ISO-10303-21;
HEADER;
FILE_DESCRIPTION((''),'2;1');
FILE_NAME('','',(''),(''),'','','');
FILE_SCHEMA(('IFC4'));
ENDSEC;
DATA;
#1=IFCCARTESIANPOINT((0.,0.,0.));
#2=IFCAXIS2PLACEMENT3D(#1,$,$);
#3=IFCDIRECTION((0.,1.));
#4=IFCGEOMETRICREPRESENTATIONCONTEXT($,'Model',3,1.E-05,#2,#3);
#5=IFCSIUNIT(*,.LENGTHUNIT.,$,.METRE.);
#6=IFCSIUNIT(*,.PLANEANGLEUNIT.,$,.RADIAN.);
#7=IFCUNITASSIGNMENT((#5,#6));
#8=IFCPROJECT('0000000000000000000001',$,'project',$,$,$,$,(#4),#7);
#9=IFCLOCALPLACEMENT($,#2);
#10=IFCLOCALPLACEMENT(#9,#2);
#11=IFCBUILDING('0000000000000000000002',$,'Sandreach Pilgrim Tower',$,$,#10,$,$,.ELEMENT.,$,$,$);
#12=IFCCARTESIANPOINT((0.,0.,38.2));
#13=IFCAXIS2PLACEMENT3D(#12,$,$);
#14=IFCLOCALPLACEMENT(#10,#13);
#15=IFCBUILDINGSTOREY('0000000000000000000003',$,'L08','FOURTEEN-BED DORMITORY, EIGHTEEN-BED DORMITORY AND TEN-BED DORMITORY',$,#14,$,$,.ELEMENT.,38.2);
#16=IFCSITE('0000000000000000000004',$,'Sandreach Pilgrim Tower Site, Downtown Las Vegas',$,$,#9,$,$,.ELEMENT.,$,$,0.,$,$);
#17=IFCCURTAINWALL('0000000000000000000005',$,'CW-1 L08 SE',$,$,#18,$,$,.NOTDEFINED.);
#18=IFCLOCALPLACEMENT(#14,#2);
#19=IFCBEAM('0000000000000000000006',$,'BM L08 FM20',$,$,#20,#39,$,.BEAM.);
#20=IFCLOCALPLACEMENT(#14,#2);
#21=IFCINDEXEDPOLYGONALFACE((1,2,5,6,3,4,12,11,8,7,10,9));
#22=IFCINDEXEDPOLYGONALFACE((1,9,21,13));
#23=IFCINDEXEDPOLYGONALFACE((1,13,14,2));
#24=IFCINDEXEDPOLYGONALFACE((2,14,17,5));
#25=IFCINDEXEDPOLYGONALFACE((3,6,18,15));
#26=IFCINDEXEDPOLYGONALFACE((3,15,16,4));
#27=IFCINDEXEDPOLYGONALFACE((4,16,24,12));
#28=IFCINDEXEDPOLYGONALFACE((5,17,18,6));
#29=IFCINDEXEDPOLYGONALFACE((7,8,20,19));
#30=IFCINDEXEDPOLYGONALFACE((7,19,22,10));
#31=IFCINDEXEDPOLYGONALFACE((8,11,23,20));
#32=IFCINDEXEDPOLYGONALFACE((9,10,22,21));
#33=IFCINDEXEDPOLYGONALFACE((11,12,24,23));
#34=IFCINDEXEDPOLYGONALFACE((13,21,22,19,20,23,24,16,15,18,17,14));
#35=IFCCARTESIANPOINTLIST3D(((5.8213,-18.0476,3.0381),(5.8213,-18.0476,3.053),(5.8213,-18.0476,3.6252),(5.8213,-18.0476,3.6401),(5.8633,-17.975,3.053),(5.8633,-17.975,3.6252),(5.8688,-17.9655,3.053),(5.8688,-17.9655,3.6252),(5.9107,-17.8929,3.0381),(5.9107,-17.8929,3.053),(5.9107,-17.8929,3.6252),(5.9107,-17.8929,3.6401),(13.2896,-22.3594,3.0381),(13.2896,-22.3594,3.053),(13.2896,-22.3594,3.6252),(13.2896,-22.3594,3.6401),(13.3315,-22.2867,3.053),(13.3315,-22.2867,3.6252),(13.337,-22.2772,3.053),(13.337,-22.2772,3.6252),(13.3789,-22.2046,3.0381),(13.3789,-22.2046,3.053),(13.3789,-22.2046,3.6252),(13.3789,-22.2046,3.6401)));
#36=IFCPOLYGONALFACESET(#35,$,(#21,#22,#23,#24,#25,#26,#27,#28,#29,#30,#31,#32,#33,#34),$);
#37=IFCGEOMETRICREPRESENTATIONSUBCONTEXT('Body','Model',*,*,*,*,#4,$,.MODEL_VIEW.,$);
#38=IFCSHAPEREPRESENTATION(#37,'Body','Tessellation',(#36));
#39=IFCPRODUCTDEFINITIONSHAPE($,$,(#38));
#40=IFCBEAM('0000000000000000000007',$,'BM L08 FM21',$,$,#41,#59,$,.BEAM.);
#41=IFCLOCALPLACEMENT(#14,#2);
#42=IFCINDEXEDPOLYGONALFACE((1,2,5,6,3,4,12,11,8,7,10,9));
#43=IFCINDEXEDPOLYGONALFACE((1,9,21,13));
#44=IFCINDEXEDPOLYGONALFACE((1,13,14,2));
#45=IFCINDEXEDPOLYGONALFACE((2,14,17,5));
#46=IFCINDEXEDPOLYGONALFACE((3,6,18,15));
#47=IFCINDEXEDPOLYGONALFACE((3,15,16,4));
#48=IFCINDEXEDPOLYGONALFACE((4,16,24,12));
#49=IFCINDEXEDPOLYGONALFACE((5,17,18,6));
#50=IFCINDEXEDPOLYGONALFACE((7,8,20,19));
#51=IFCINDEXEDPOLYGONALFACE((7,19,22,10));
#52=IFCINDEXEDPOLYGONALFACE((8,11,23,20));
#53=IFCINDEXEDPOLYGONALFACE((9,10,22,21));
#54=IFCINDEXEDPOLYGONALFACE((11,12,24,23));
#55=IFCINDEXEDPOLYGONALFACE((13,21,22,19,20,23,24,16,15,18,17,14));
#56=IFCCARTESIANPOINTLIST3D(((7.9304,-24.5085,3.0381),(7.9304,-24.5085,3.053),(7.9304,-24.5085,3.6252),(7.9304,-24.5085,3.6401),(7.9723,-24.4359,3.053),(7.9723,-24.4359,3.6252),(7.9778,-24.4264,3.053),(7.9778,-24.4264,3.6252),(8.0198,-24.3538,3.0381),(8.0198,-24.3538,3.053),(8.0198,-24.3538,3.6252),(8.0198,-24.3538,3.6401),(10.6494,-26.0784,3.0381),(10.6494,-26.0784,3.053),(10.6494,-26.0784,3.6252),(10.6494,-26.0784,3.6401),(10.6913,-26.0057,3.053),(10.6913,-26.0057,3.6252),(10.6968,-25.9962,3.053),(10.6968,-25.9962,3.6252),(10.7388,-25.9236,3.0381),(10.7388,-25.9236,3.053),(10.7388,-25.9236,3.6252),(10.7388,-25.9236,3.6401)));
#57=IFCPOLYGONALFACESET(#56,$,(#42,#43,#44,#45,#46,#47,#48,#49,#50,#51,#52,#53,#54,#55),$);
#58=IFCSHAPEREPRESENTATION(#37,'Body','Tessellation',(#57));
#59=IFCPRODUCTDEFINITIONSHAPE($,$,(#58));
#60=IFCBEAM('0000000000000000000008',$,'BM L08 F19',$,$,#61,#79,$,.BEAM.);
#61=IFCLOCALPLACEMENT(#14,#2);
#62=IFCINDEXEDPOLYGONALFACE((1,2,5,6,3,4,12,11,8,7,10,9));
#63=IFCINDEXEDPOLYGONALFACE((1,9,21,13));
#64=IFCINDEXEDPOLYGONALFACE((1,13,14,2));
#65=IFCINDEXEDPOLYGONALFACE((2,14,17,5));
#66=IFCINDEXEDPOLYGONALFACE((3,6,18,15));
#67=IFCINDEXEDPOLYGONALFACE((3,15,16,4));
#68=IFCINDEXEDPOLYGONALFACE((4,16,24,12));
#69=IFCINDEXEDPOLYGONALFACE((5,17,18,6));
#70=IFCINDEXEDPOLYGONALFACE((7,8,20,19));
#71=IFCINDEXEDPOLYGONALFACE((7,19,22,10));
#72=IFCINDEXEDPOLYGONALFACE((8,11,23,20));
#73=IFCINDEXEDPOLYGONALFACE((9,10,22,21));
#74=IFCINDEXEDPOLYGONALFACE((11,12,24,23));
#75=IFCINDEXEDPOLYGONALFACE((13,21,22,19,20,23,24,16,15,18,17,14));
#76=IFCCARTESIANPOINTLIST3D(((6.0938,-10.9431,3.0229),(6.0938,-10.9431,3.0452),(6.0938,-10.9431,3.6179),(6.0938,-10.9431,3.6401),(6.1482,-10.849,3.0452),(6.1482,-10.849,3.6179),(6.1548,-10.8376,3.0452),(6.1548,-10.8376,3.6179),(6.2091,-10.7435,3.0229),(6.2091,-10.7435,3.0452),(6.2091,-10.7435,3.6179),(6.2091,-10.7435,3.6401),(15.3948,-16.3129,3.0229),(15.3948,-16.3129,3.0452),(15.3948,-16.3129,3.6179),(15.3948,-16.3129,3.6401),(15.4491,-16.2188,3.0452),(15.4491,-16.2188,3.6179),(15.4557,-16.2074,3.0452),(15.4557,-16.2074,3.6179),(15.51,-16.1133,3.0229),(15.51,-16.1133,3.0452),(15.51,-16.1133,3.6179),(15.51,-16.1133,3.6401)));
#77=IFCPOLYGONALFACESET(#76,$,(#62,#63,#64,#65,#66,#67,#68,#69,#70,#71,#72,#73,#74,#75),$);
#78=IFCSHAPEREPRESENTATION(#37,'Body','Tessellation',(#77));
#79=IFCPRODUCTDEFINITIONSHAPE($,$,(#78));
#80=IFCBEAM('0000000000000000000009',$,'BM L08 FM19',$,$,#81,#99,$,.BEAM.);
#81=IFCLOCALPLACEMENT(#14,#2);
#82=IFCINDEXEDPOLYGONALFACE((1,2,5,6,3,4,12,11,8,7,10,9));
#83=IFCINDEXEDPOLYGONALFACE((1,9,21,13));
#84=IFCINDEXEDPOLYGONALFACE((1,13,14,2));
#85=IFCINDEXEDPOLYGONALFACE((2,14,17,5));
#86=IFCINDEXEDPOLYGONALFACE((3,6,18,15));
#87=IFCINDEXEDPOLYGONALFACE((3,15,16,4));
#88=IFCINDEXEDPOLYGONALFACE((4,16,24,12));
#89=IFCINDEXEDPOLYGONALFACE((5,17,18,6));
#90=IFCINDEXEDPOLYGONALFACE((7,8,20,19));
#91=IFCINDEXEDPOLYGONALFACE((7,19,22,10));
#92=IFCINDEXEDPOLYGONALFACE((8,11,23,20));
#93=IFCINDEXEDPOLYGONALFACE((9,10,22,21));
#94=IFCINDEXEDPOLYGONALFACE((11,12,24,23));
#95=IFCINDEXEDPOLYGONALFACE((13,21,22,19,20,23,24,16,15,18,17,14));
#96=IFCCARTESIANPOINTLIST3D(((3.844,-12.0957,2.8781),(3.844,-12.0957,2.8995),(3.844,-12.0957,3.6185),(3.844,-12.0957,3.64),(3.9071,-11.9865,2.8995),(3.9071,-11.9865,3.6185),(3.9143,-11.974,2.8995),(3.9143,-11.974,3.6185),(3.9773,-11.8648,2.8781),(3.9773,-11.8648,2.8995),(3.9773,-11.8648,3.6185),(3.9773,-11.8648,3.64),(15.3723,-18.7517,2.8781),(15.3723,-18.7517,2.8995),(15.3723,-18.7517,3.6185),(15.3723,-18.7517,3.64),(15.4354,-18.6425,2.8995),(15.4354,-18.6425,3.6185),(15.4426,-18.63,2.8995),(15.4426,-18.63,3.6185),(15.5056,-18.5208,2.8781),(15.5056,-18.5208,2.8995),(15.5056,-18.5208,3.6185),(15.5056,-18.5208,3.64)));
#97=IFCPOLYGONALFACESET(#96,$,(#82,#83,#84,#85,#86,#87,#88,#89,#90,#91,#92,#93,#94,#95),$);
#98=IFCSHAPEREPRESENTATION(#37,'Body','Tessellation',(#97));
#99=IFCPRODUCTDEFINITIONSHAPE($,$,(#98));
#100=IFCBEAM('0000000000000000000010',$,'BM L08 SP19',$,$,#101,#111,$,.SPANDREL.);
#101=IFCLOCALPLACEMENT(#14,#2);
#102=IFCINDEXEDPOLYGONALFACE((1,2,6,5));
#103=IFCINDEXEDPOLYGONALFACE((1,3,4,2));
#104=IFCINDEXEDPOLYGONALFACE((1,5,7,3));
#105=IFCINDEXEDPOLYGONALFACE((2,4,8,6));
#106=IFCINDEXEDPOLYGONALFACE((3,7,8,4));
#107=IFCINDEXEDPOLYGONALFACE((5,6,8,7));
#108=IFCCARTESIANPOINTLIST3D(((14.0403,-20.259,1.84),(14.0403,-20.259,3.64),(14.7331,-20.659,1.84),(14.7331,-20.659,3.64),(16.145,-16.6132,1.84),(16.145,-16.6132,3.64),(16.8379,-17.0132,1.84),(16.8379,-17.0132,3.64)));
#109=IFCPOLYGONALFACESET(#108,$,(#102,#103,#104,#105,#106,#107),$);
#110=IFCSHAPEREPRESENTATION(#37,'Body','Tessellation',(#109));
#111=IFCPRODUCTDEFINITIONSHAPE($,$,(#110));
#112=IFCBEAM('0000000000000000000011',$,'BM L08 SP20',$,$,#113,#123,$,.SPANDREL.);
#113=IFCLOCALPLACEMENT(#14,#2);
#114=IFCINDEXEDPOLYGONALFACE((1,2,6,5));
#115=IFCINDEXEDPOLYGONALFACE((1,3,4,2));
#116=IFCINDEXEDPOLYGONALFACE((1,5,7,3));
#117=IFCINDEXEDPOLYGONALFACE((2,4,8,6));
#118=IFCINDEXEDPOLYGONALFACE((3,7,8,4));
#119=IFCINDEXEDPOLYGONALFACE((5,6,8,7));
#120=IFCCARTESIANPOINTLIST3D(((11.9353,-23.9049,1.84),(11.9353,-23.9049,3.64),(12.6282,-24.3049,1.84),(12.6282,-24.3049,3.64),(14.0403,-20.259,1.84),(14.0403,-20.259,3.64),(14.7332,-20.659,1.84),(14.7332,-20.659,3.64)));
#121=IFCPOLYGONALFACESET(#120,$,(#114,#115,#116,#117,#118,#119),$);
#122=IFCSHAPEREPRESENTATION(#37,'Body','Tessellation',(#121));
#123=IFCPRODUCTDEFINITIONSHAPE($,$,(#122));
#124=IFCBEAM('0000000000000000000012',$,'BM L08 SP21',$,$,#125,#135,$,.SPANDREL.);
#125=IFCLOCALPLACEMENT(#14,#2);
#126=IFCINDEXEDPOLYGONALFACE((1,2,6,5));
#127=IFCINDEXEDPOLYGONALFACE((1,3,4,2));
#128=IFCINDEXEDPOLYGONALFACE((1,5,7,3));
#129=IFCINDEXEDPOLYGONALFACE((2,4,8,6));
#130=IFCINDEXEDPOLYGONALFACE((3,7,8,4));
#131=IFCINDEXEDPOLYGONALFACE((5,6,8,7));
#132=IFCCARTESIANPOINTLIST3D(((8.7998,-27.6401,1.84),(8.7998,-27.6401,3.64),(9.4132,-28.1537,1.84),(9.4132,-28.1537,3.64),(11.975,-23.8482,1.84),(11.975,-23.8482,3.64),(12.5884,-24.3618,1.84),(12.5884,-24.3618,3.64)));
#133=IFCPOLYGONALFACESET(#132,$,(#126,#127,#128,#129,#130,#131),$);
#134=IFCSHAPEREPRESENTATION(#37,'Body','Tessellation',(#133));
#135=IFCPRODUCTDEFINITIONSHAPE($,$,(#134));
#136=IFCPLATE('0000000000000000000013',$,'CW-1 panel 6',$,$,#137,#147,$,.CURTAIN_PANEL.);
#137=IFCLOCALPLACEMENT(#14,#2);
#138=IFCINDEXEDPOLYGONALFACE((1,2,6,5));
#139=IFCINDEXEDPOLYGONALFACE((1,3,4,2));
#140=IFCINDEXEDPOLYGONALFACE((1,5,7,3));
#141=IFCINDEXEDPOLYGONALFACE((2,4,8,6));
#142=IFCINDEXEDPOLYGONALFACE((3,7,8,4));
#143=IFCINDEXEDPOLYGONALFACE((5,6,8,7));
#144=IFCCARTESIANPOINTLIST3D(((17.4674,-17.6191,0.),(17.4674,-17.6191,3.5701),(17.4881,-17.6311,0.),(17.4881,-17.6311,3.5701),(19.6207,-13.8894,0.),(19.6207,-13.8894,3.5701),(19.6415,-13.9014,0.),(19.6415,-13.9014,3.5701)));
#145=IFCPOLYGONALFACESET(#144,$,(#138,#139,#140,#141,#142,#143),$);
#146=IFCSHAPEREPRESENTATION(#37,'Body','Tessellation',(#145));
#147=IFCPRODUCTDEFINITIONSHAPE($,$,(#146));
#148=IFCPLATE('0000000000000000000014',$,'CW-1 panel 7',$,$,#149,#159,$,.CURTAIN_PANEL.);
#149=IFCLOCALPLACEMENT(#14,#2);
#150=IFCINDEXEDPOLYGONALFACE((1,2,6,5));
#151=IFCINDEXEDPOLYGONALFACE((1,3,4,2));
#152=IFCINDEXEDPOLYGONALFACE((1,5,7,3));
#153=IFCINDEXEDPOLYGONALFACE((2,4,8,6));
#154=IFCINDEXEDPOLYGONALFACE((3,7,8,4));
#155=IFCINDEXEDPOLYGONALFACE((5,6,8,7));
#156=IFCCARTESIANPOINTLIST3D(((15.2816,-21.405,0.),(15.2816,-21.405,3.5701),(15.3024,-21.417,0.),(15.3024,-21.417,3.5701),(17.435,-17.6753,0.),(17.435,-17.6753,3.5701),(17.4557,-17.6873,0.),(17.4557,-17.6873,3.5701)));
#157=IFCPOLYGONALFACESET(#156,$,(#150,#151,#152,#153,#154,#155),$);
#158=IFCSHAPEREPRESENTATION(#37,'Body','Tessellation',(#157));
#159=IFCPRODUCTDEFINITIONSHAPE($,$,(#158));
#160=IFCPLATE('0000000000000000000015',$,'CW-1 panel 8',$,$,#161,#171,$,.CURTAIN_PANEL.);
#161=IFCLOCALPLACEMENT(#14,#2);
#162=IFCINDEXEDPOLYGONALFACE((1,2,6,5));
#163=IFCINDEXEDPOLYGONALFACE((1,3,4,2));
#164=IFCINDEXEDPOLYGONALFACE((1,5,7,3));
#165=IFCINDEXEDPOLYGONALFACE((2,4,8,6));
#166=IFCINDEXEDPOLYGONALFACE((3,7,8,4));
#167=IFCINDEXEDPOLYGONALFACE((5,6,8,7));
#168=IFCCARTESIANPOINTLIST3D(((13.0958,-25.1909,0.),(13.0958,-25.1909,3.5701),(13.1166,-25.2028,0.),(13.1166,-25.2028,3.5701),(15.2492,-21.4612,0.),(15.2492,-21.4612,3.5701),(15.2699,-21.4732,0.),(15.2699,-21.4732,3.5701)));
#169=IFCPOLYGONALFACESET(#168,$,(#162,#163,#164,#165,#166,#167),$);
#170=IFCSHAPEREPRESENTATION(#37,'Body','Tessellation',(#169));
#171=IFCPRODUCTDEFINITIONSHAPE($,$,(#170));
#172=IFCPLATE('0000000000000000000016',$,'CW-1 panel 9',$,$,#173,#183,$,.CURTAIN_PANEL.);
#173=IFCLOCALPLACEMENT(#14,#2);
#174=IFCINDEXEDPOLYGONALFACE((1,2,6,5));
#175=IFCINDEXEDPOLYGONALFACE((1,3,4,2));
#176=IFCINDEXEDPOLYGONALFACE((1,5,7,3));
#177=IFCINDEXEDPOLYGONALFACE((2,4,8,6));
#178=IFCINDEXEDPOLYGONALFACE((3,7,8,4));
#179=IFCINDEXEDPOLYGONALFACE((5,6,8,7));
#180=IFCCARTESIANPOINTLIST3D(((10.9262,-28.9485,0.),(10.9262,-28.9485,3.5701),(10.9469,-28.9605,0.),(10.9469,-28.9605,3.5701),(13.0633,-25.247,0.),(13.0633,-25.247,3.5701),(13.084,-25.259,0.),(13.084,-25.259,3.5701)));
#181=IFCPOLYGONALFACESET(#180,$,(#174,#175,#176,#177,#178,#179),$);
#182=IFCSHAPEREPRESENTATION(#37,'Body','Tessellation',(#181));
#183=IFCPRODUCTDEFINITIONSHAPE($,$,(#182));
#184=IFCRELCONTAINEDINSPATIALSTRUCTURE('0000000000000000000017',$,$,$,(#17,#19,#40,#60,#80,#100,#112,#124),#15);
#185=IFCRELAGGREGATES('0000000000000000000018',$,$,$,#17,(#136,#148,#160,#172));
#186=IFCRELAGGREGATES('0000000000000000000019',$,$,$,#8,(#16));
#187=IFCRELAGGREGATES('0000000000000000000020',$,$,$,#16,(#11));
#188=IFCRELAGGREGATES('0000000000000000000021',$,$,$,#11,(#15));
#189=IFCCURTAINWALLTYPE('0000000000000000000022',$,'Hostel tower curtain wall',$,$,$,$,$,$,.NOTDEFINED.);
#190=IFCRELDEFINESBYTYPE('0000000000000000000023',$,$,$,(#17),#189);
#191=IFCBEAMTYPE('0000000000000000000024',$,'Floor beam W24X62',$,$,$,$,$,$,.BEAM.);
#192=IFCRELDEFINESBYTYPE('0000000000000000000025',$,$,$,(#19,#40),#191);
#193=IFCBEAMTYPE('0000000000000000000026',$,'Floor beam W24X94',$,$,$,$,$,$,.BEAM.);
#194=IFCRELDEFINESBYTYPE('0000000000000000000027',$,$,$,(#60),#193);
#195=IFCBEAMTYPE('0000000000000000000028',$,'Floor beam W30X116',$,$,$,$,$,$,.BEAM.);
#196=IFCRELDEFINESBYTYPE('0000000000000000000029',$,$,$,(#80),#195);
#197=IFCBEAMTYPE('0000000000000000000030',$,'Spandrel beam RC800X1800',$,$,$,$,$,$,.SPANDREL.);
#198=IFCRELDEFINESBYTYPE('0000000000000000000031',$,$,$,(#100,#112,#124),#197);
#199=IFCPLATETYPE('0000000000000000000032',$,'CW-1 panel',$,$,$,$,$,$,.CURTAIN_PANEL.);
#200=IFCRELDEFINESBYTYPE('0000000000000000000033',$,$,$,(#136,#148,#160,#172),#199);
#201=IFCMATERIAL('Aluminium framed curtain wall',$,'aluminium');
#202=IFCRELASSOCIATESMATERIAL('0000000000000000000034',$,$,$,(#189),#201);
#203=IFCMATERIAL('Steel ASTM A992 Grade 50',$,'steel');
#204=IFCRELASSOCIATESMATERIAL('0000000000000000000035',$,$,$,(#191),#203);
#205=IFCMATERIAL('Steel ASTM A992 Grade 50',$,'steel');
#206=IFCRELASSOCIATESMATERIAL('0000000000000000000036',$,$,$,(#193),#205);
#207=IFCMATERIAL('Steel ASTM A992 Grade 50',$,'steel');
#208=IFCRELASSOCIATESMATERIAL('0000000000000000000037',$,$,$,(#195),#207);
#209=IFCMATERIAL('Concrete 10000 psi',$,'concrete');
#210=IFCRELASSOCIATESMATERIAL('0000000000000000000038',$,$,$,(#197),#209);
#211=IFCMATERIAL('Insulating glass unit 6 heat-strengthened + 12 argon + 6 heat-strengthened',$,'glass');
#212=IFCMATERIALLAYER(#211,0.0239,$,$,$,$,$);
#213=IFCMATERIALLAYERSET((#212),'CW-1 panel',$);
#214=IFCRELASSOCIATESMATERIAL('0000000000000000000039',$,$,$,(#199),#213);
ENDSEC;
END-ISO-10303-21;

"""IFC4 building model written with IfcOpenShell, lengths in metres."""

from ifc_helpers import new_model, si_unit, direction, frame, origin, origin_2d, place, context, subcontext, project, spatial, rectangle, i_section, extrude, material, layer, layer_set, material_profile, profile_set, type_object, element, aggregate, save


model = new_model("IFC4")

# Units and contexts
model_context = context("Model", 3, precision=1e-05, world=origin(), true_north=direction((0.0, 1.0)))
body_context = subcontext(model_context, "Body", "Model", "MODEL_VIEW")
ifc_project = project(units=[si_unit("LENGTHUNIT", "METRE"), si_unit("PLANEANGLEUNIT", "RADIAN")], contexts=[model_context])

# Site, building, storey
site_placement = place(None, origin())
site = spatial("IfcSite", under=ifc_project, at=site_placement, Name="Sandreach Pilgrim Tower Site, Downtown Las Vegas", CompositionType="ELEMENT", RefElevation=0.0)
building_placement = place(site_placement, origin())
building = spatial("IfcBuilding", under=site, at=building_placement, Name="Sandreach Pilgrim Tower", CompositionType="ELEMENT")
storey_placement = place(building_placement, frame((0.0, 0.0, 38.2)))
storey = spatial("IfcBuildingStorey", under=building, at=storey_placement, Name="L08", Description="FOURTEEN-BED DORMITORY, EIGHTEEN-BED DORMITORY AND TEN-BED DORMITORY", CompositionType="ELEMENT", Elevation=38.2)

# Curtain wall
ifc_material_1 = material(Name="Aluminium framed curtain wall", Category="aluminium")
curtain_wall_type = type_object("IfcCurtainWallType", Name="Hostel tower curtain wall", PredefinedType="NOTDEFINED", material=ifc_material_1)
curtain_wall_placement = place(storey_placement, origin())
curtain_wall = element("IfcCurtainWall", 1, at=curtain_wall_placement, inside=storey, type_object=curtain_wall_type, Name="CW-1 L08 SE", PredefinedType="NOTDEFINED")

# Beams
ifc_material_2 = material(Name="Steel ASTM A992 Grade 50", Category="steel")
ifc_material_profile_1 = material_profile(ifc_material_2, i_section(OverallWidth=0.1787, OverallDepth=0.6021, WebThickness=0.011, FlangeThickness=0.0149, at=origin_2d()), Name="W24X62")
ifc_profile_set_1 = profile_set([ifc_material_profile_1], Name="Steel ASTM A992 Grade 50")
beam_type_1 = type_object("IfcBeamType", Name="Floor beam W24X62", PredefinedType="BEAM", material=ifc_profile_set_1)
beam_1_placement = place(storey_placement, frame((13.3342, -22.282, 3.3391), z_axis=(-0.866027, 0.499997, 0.0), x_axis=(-0.499997, -0.866027, 0.0)))
element("IfcBeam", 2, at=beam_1_placement, inside=storey, type_object=beam_type_1, Name="BM L08 FM20", PredefinedType="BEAM", context=body_context, shape_type="SweptSolid", body=[
    extrude(i_section(OverallWidth=0.1787, OverallDepth=0.6021, WebThickness=0.011, FlangeThickness=0.0149, at=origin_2d()), origin(), (0.0, 0.0, 1.0), 8.6235),
])
beam_2_placement = place(storey_placement, frame((10.6941, -26.001, 3.3391), z_axis=(-0.866024, 0.500003, 0.0), x_axis=(-0.500003, -0.866024, 0.0)))
element("IfcBeam", 3, at=beam_2_placement, inside=storey, type_object=beam_type_1, Name="BM L08 FM21", PredefinedType="BEAM", context=body_context, shape_type="SweptSolid", body=[
    extrude(i_section(OverallWidth=0.1787, OverallDepth=0.6021, WebThickness=0.011, FlangeThickness=0.0149, at=origin_2d()), origin(), (0.0, 0.0, 1.0), 3.1396),
])
ifc_material_3 = material(Name="Steel ASTM A992 Grade 50", Category="steel")
ifc_material_profile_2 = material_profile(ifc_material_3, i_section(OverallWidth=0.2305, OverallDepth=0.6172, WebThickness=0.0132, FlangeThickness=0.0222, at=origin_2d()), Name="W24X94")
ifc_profile_set_2 = profile_set([ifc_material_profile_2], Name="Steel ASTM A992 Grade 50")
beam_type_2 = type_object("IfcBeamType", Name="Floor beam W24X94", PredefinedType="BEAM", material=ifc_profile_set_2)
beam_3_placement = place(storey_placement, frame((15.4524, -16.2131, 3.3315), z_axis=(-0.866028, 0.499995, 0.0), x_axis=(-0.499995, -0.866028, 0.0)))
element("IfcBeam", 4, at=beam_3_placement, inside=storey, type_object=beam_type_2, Name="BM L08 F19", PredefinedType="BEAM", context=body_context, shape_type="SweptSolid", body=[
    extrude(i_section(OverallWidth=0.2305, OverallDepth=0.6172, WebThickness=0.0132, FlangeThickness=0.0222, at=origin_2d()), origin(), (0.0, 0.0, 1.0), 10.7397),
])
ifc_material_4 = material(Name="Steel ASTM A992 Grade 50", Category="steel")
ifc_material_profile_3 = material_profile(ifc_material_4, i_section(OverallWidth=0.2666, OverallDepth=0.762, WebThickness=0.0144, FlangeThickness=0.0215, at=origin_2d()), Name="W30X116")
ifc_profile_set_3 = profile_set([ifc_material_profile_3], Name="Steel ASTM A992 Grade 50")
beam_type_3 = type_object("IfcBeamType", Name="Floor beam W30X116", PredefinedType="BEAM", material=ifc_profile_set_3)
beam_4_placement = place(storey_placement, frame((15.439, -18.6362, 3.259), z_axis=(-0.866021, 0.500007, 0.0), x_axis=(-0.500007, -0.866021, 0.0)))
element("IfcBeam", 5, at=beam_4_placement, inside=storey, type_object=beam_type_3, Name="BM L08 FM19", PredefinedType="BEAM", context=body_context, shape_type="SweptSolid", body=[
    extrude(i_section(OverallWidth=0.2666, OverallDepth=0.762, WebThickness=0.0144, FlangeThickness=0.0215, at=origin_2d()), origin(), (0.0, 0.0, 1.0), 13.3118),
])
ifc_material_5 = material(Name="Concrete 10000 psi", Category="concrete")
ifc_material_profile_4 = material_profile(ifc_material_5, rectangle(XDim=0.8, YDim=1.8, at=origin_2d()), Name="RC800X1800")
ifc_profile_set_4 = profile_set([ifc_material_profile_4], Name="Concrete 10000 psi")
beam_type_4 = type_object("IfcBeamType", Name="Spandrel beam RC800X1800", PredefinedType="SPANDREL", material=ifc_profile_set_4)
beam_5_placement = place(storey_placement, frame((16.4915, -16.8132, 2.74), z_axis=(-0.499975, -0.86604, 0.0), x_axis=(0.86604, -0.499975, 0.0)))
element("IfcBeam", 6, at=beam_5_placement, inside=storey, type_object=beam_type_4, Name="BM L08 SP19", PredefinedType="SPANDREL", context=body_context, shape_type="SweptSolid", body=[
    extrude(rectangle(XDim=0.8, YDim=1.8, at=origin_2d()), origin(), (0.0, 0.0, 1.0), 4.2097),
])
beam_6_placement = place(storey_placement, frame((14.3867, -20.459, 2.74), z_axis=(-0.499994, -0.866029, 0.0), x_axis=(0.866029, -0.499994, 0.0)))
element("IfcBeam", 7, at=beam_6_placement, inside=storey, type_object=beam_type_4, Name="BM L08 SP20", PredefinedType="SPANDREL", context=body_context, shape_type="SweptSolid", body=[
    extrude(rectangle(XDim=0.8, YDim=1.8, at=origin_2d()), origin(), (0.0, 0.0, 1.0), 4.21),
])
beam_7_placement = place(storey_placement, frame((12.2817, -24.105, 2.74), z_axis=(-0.642008, -0.766698, 0.0), x_axis=(0.766698, -0.642008, 0.0)))
element("IfcBeam", 8, at=beam_7_placement, inside=storey, type_object=beam_type_4, Name="BM L08 SP21", PredefinedType="SPANDREL", context=body_context, shape_type="SweptSolid", body=[
    extrude(rectangle(XDim=0.8, YDim=1.8, at=origin_2d()), origin(), (0.0, 0.0, 1.0), 4.9458),
])

# Plates
ifc_material_6 = material(Name="Insulating glass unit 6 heat-strengthened + 12 argon + 6 heat-strengthened", Category="glass")
ifc_layer_1 = layer(ifc_material_6, 0.0239)
ifc_layer_set_1 = layer_set([ifc_layer_1], Name="CW-1 panel")
plate_type = type_object("IfcPlateType", Name="CW-1 panel", PredefinedType="CURTAIN_PANEL", material=ifc_layer_set_1)
plate_1_placement = place(storey_placement, frame((18.5544, -15.7603, 0.0), z_axis=(0.0, 0.0, 1.0), x_axis=(-0.5, -0.866025, 0.0)))
plate_1 = element("IfcPlate", 9, at=plate_1_placement, type_object=plate_type, Name="CW-1 panel 6", PredefinedType="CURTAIN_PANEL", context=body_context, shape_type="SweptSolid", body=[
    extrude(rectangle(XDim=4.3066, YDim=0.0239, at=origin_2d()), origin(), (0.0, 0.0, 1.0), 3.5701),
])
plate_2_placement = place(storey_placement, frame((16.3687, -19.5461, 0.0), z_axis=(0.0, 0.0, 1.0), x_axis=(-0.5, -0.866025, 0.0)))
plate_2 = element("IfcPlate", 10, at=plate_2_placement, type_object=plate_type, Name="CW-1 panel 7", PredefinedType="CURTAIN_PANEL", context=body_context, shape_type="SweptSolid", body=[
    extrude(rectangle(XDim=4.3066, YDim=0.0239, at=origin_2d()), origin(), (0.0, 0.0, 1.0), 3.5701),
])
plate_3_placement = place(storey_placement, frame((14.1829, -23.332, 0.0), z_axis=(0.0, 0.0, 1.0), x_axis=(-0.5, -0.866025, 0.0)))
plate_3 = element("IfcPlate", 11, at=plate_3_placement, type_object=plate_type, Name="CW-1 panel 8", PredefinedType="CURTAIN_PANEL", context=body_context, shape_type="SweptSolid", body=[
    extrude(rectangle(XDim=4.3066, YDim=0.0239, at=origin_2d()), origin(), (0.0, 0.0, 1.0), 3.5701),
])
plate_4_placement = place(storey_placement, frame((12.0051, -27.1038, 0.0), z_axis=(0.0, 0.0, 1.0), x_axis=(-0.5, -0.866025, 0.0)))
plate_4 = element("IfcPlate", 12, at=plate_4_placement, type_object=plate_type, Name="CW-1 panel 9", PredefinedType="CURTAIN_PANEL", context=body_context, shape_type="SweptSolid", body=[
    extrude(rectangle(XDim=4.2742, YDim=0.0239, at=origin_2d()), origin(), (0.0, 0.0, 1.0), 3.5701),
])
aggregate(curtain_wall, [plate_1, plate_2, plate_3, plate_4])

save(model, "model.ifc")
